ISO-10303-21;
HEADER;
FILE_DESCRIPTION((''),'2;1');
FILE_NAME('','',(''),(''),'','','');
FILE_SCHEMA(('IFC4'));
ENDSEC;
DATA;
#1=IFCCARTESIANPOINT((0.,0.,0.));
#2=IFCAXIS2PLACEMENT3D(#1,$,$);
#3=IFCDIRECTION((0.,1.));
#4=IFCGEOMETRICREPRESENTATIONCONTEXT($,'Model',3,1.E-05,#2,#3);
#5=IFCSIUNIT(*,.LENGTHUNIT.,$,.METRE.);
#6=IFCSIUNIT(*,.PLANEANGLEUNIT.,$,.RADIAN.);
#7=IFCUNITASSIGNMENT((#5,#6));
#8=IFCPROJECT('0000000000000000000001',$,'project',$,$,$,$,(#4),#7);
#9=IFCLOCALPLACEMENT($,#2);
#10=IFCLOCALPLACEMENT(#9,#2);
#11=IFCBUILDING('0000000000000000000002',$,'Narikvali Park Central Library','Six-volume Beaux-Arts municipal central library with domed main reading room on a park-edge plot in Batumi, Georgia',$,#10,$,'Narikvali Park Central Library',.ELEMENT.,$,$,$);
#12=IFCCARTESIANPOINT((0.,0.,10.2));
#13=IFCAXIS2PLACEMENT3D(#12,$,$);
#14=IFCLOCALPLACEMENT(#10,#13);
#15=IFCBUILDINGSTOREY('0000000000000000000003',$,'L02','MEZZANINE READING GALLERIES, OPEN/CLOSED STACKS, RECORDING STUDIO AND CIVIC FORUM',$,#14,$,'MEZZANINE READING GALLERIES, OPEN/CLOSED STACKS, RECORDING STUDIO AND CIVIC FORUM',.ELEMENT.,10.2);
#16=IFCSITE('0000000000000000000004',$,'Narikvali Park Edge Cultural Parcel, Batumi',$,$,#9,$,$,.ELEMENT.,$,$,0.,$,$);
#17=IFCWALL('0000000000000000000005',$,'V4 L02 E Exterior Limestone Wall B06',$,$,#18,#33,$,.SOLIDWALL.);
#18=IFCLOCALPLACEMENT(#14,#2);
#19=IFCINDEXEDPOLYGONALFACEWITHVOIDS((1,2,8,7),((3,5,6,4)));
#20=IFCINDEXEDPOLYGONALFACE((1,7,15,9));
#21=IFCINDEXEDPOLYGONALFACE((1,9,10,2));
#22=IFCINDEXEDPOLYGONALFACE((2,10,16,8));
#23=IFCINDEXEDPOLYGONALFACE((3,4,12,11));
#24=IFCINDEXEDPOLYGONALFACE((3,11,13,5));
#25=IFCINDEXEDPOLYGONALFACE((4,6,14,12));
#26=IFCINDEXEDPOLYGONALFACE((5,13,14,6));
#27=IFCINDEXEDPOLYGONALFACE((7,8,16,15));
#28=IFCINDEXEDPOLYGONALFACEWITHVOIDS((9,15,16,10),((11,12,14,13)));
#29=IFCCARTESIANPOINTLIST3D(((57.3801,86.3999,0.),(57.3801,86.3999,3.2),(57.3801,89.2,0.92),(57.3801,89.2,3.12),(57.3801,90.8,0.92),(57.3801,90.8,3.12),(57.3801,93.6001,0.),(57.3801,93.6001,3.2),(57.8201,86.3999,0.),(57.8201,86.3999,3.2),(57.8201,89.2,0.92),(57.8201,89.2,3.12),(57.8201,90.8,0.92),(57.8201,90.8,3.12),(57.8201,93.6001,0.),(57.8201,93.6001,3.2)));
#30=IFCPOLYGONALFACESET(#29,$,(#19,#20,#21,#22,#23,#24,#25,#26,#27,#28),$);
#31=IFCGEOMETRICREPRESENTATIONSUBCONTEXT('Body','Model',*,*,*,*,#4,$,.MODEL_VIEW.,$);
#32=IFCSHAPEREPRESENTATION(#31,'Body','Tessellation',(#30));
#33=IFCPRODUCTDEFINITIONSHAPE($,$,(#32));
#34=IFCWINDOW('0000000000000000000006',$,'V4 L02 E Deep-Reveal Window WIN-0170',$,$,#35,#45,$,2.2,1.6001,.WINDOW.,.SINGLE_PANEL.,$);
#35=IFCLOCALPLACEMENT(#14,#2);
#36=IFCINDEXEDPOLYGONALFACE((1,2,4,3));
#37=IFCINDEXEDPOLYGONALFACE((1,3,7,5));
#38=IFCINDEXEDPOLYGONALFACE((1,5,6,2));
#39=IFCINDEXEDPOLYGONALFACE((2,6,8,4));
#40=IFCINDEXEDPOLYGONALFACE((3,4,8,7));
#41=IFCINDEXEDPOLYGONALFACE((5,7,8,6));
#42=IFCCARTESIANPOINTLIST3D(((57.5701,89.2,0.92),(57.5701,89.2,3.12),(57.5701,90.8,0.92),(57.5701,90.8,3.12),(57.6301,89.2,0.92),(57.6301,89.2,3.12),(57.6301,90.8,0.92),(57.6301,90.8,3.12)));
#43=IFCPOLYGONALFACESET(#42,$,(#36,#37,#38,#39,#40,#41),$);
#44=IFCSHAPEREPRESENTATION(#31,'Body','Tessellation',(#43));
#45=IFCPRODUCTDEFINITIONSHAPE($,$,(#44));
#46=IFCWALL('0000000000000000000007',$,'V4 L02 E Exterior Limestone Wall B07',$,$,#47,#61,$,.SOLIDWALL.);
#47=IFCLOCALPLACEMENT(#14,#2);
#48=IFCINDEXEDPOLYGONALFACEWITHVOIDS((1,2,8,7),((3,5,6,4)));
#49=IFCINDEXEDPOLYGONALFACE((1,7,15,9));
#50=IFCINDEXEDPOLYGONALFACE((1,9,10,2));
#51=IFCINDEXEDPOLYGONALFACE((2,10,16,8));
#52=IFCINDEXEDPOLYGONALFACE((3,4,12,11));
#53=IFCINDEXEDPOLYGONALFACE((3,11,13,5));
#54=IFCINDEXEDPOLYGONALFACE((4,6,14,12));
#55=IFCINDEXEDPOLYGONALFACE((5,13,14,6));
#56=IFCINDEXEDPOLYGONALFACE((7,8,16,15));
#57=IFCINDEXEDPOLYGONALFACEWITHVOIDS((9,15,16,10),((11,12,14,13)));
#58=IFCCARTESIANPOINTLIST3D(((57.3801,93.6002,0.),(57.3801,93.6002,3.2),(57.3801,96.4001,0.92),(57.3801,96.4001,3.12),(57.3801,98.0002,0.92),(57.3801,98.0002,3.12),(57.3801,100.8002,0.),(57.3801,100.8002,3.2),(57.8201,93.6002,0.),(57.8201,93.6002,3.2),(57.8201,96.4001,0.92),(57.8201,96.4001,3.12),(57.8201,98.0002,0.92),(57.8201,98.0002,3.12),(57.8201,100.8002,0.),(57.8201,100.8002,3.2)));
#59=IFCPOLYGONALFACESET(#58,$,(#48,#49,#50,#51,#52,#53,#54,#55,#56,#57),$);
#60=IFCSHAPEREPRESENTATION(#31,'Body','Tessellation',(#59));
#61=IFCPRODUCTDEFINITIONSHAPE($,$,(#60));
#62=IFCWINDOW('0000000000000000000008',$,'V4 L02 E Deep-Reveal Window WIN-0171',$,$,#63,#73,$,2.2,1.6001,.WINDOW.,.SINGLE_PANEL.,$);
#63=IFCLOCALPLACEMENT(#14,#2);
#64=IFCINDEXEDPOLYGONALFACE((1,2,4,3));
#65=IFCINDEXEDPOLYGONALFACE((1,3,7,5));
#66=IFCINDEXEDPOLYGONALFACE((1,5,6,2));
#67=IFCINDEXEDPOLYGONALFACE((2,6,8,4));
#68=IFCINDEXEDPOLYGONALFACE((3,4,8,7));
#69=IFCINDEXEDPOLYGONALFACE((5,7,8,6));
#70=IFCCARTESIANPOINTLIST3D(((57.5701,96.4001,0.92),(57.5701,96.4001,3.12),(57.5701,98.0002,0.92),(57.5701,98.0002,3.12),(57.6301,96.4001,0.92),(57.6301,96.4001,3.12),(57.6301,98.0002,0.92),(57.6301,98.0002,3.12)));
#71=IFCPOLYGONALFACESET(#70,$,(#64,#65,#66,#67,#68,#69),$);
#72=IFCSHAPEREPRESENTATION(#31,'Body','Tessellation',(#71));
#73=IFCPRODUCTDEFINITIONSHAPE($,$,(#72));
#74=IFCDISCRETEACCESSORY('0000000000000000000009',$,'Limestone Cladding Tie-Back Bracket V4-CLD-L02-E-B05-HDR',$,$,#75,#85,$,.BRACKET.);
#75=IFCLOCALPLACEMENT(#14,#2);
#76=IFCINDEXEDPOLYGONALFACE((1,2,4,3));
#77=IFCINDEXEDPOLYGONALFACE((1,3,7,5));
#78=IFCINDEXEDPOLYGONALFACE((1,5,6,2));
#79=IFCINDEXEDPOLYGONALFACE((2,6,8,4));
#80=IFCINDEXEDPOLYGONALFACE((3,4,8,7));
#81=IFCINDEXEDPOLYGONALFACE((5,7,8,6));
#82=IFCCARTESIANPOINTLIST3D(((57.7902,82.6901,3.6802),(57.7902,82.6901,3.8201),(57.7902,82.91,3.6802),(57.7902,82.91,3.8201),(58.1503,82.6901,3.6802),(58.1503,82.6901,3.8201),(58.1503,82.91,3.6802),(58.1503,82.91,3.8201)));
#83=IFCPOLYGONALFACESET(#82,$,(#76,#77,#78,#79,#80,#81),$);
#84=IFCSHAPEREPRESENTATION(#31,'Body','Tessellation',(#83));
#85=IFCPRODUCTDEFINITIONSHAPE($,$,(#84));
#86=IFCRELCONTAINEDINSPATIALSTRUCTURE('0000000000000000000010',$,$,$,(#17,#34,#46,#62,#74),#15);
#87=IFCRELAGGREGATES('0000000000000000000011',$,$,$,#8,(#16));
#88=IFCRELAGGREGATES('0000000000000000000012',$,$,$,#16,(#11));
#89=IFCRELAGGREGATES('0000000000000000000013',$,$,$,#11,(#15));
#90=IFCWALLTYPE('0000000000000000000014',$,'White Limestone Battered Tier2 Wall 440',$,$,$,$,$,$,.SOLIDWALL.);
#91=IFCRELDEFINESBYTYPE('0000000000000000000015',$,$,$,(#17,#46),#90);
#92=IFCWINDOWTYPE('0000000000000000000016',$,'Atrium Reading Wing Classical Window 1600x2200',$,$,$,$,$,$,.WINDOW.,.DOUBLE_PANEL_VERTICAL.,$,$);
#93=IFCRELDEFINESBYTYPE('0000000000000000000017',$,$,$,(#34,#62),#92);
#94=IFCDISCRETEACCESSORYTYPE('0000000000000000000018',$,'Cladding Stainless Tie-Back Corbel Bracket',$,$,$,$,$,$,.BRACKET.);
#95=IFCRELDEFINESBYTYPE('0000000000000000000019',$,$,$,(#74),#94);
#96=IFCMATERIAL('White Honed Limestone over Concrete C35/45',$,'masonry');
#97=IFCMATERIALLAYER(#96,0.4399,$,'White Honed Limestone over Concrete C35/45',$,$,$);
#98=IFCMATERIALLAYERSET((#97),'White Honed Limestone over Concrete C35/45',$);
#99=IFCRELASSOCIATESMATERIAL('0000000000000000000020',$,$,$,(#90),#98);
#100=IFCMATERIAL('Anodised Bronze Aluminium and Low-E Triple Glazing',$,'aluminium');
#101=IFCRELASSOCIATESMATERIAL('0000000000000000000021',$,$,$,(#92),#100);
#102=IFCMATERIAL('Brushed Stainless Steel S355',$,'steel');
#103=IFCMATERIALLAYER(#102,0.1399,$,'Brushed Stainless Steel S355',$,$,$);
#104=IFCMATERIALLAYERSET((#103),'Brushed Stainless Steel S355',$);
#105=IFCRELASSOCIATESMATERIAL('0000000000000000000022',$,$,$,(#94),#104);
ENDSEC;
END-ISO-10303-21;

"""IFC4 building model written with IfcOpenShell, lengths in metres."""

from ifc_helpers import new_model, si_unit, direction, frame, frame_2d, origin, origin_2d, place, context, subcontext, project, spatial, rectangle, extrude, material, layer, layer_set, type_object, element, fill, save


model = new_model("IFC4")

# Units and contexts
model_context = context("Model", 3, precision=1e-05, world=origin(), true_north=direction((0.0, 1.0)))
body_context = subcontext(model_context, "Body", "Model", "MODEL_VIEW")
ifc_project = project(units=[si_unit("LENGTHUNIT", "METRE"), si_unit("PLANEANGLEUNIT", "RADIAN")], contexts=[model_context])

# Site, building, storey
site_placement = place(None, origin())
site = spatial("IfcSite", under=ifc_project, at=site_placement, Name="Narikvali Park Edge Cultural Parcel, Batumi", CompositionType="ELEMENT", RefElevation=0.0)
building_placement = place(site_placement, origin())
building = spatial("IfcBuilding", under=site, at=building_placement, Name="Narikvali Park Central Library", Description="Six-volume Beaux-Arts municipal central library with domed main reading room on a park-edge plot in Batumi, Georgia", LongName="Narikvali Park Central Library", CompositionType="ELEMENT")
storey_placement = place(building_placement, frame((0.0, 0.0, 10.2)))
storey = spatial("IfcBuildingStorey", under=building, at=storey_placement, Name="L02", Description="MEZZANINE READING GALLERIES, OPEN/CLOSED STACKS, RECORDING STUDIO AND CIVIC FORUM", LongName="MEZZANINE READING GALLERIES, OPEN/CLOSED STACKS, RECORDING STUDIO AND CIVIC FORUM", CompositionType="ELEMENT", Elevation=10.2)

# Walls, openings, windows
ifc_material_1 = material(Name="White Honed Limestone over Concrete C35/45", Category="masonry")
ifc_layer_1 = layer(ifc_material_1, 0.4399, Name="White Honed Limestone over Concrete C35/45")
ifc_layer_set_1 = layer_set([ifc_layer_1], Name="White Honed Limestone over Concrete C35/45")
wall_type_1 = type_object("IfcWallType", Name="White Limestone Battered Tier2 Wall 440", PredefinedType="SOLIDWALL", material=ifc_layer_set_1)
wall_1_placement = place(storey_placement, frame((57.6001, 86.3999, 0.0), z_axis=(0.0, 0.0, 1.0), x_axis=(0.0, 1.0, 0.0)))
wall_1 = element("IfcWall", 1, at=wall_1_placement, inside=storey, type_object=wall_type_1, Name="V4 L02 E Exterior Limestone Wall B06", PredefinedType="SOLIDWALL", context=body_context, shape_type="SweptSolid", body=[
    extrude(rectangle(XDim=7.2002, YDim=0.4399, at=frame_2d((3.6001, 0.0))), origin(), (0.0, 0.0, 1.0), 3.2),
])
opening_1_placement = place(wall_1_placement, frame((2.8, 0.0, 0.9199)))
opening_1 = element("IfcOpeningElement", 2, at=opening_1_placement, cuts=wall_1, PredefinedType="OPENING", context=body_context, shape_type="SweptSolid", body=[
    extrude(rectangle(XDim=1.6001, YDim=2.2, at=frame_2d((0.8, 1.1001))), frame((0.0, 0.2319, 0.0), z_axis=(0.0, -1.0, 0.0), x_axis=(1.0, 0.0, 0.0)), (0.0, 0.0, 1.0), 0.4639),
])
ifc_material_2 = material(Name="Anodised Bronze Aluminium and Low-E Triple Glazing", Category="aluminium")
window_type = type_object("IfcWindowType", Name="Atrium Reading Wing Classical Window 1600x2200", PartitioningType="DOUBLE_PANEL_VERTICAL", PredefinedType="WINDOW", material=ifc_material_2)
window_1_placement = place(opening_1_placement, origin())
window_1 = element("IfcWindow", 3, at=window_1_placement, inside=storey, type_object=window_type, Name="V4 L02 E Deep-Reveal Window WIN-0170", OverallHeight=2.2, OverallWidth=1.6001, PartitioningType="SINGLE_PANEL", PredefinedType="WINDOW", context=body_context, shape_type="SweptSolid", body=[
    extrude(rectangle(XDim=1.6001, YDim=2.2, at=frame_2d((0.8, 1.1001))), frame((0.0, 0.03, 0.0), z_axis=(0.0, -1.0, 0.0), x_axis=(1.0, 0.0, 0.0)), (0.0, 0.0, 1.0), 0.0601),
])
fill(opening_1, window_1)
wall_2_placement = place(storey_placement, frame((57.6001, 93.6001, 0.0), z_axis=(0.0, 0.0, 1.0), x_axis=(0.0, 1.0, 0.0)))
wall_2 = element("IfcWall", 4, at=wall_2_placement, inside=storey, type_object=wall_type_1, Name="V4 L02 E Exterior Limestone Wall B07", PredefinedType="SOLIDWALL", context=body_context, shape_type="SweptSolid", body=[
    extrude(rectangle(XDim=7.2, YDim=0.4399, at=frame_2d((3.6001, 0.0))), origin(), (0.0, 0.0, 1.0), 3.2),
])
opening_2_placement = place(wall_2_placement, frame((2.8, 0.0, 0.9199)))
opening_2 = element("IfcOpeningElement", 5, at=opening_2_placement, cuts=wall_2, PredefinedType="OPENING", context=body_context, shape_type="SweptSolid", body=[
    extrude(rectangle(XDim=1.6001, YDim=2.2, at=frame_2d((0.8, 1.1001))), frame((0.0, 0.2319, 0.0), z_axis=(0.0, -1.0, 0.0), x_axis=(1.0, 0.0, 0.0)), (0.0, 0.0, 1.0), 0.4639),
])
window_2_placement = place(opening_2_placement, origin())
window_2 = element("IfcWindow", 6, at=window_2_placement, inside=storey, type_object=window_type, Name="V4 L02 E Deep-Reveal Window WIN-0171", OverallHeight=2.2, OverallWidth=1.6001, PartitioningType="SINGLE_PANEL", PredefinedType="WINDOW", context=body_context, shape_type="SweptSolid", body=[
    extrude(rectangle(XDim=1.6001, YDim=2.2, at=frame_2d((0.8, 1.1001))), frame((0.0, 0.03, 0.0), z_axis=(0.0, -1.0, 0.0), x_axis=(1.0, 0.0, 0.0)), (0.0, 0.0, 1.0), 0.0601),
])
fill(opening_2, window_2)

# Discrete accessory
ifc_material_3 = material(Name="Brushed Stainless Steel S355", Category="steel")
ifc_layer_2 = layer(ifc_material_3, 0.1399, Name="Brushed Stainless Steel S355")
ifc_layer_set_2 = layer_set([ifc_layer_2], Name="Brushed Stainless Steel S355")
discrete_accessory_type = type_object("IfcDiscreteAccessoryType", Name="Cladding Stainless Tie-Back Corbel Bracket", PredefinedType="BRACKET", material=ifc_layer_set_2)
discrete_accessory_placement = place(storey_placement, frame((57.9702, 82.8, 3.6802), z_axis=(0.0, 0.0, 1.0), x_axis=(1.0, 0.0, 0.0)))
element("IfcDiscreteAccessory", 7, at=discrete_accessory_placement, inside=storey, type_object=discrete_accessory_type, Name="Limestone Cladding Tie-Back Bracket V4-CLD-L02-E-B05-HDR", PredefinedType="BRACKET", context=body_context, shape_type="SweptSolid", body=[
    extrude(rectangle(XDim=0.3601, YDim=0.22, at=origin_2d()), origin(), (0.0, 0.0, 1.0), 0.1399),
])

save(model, "model.ifc")
